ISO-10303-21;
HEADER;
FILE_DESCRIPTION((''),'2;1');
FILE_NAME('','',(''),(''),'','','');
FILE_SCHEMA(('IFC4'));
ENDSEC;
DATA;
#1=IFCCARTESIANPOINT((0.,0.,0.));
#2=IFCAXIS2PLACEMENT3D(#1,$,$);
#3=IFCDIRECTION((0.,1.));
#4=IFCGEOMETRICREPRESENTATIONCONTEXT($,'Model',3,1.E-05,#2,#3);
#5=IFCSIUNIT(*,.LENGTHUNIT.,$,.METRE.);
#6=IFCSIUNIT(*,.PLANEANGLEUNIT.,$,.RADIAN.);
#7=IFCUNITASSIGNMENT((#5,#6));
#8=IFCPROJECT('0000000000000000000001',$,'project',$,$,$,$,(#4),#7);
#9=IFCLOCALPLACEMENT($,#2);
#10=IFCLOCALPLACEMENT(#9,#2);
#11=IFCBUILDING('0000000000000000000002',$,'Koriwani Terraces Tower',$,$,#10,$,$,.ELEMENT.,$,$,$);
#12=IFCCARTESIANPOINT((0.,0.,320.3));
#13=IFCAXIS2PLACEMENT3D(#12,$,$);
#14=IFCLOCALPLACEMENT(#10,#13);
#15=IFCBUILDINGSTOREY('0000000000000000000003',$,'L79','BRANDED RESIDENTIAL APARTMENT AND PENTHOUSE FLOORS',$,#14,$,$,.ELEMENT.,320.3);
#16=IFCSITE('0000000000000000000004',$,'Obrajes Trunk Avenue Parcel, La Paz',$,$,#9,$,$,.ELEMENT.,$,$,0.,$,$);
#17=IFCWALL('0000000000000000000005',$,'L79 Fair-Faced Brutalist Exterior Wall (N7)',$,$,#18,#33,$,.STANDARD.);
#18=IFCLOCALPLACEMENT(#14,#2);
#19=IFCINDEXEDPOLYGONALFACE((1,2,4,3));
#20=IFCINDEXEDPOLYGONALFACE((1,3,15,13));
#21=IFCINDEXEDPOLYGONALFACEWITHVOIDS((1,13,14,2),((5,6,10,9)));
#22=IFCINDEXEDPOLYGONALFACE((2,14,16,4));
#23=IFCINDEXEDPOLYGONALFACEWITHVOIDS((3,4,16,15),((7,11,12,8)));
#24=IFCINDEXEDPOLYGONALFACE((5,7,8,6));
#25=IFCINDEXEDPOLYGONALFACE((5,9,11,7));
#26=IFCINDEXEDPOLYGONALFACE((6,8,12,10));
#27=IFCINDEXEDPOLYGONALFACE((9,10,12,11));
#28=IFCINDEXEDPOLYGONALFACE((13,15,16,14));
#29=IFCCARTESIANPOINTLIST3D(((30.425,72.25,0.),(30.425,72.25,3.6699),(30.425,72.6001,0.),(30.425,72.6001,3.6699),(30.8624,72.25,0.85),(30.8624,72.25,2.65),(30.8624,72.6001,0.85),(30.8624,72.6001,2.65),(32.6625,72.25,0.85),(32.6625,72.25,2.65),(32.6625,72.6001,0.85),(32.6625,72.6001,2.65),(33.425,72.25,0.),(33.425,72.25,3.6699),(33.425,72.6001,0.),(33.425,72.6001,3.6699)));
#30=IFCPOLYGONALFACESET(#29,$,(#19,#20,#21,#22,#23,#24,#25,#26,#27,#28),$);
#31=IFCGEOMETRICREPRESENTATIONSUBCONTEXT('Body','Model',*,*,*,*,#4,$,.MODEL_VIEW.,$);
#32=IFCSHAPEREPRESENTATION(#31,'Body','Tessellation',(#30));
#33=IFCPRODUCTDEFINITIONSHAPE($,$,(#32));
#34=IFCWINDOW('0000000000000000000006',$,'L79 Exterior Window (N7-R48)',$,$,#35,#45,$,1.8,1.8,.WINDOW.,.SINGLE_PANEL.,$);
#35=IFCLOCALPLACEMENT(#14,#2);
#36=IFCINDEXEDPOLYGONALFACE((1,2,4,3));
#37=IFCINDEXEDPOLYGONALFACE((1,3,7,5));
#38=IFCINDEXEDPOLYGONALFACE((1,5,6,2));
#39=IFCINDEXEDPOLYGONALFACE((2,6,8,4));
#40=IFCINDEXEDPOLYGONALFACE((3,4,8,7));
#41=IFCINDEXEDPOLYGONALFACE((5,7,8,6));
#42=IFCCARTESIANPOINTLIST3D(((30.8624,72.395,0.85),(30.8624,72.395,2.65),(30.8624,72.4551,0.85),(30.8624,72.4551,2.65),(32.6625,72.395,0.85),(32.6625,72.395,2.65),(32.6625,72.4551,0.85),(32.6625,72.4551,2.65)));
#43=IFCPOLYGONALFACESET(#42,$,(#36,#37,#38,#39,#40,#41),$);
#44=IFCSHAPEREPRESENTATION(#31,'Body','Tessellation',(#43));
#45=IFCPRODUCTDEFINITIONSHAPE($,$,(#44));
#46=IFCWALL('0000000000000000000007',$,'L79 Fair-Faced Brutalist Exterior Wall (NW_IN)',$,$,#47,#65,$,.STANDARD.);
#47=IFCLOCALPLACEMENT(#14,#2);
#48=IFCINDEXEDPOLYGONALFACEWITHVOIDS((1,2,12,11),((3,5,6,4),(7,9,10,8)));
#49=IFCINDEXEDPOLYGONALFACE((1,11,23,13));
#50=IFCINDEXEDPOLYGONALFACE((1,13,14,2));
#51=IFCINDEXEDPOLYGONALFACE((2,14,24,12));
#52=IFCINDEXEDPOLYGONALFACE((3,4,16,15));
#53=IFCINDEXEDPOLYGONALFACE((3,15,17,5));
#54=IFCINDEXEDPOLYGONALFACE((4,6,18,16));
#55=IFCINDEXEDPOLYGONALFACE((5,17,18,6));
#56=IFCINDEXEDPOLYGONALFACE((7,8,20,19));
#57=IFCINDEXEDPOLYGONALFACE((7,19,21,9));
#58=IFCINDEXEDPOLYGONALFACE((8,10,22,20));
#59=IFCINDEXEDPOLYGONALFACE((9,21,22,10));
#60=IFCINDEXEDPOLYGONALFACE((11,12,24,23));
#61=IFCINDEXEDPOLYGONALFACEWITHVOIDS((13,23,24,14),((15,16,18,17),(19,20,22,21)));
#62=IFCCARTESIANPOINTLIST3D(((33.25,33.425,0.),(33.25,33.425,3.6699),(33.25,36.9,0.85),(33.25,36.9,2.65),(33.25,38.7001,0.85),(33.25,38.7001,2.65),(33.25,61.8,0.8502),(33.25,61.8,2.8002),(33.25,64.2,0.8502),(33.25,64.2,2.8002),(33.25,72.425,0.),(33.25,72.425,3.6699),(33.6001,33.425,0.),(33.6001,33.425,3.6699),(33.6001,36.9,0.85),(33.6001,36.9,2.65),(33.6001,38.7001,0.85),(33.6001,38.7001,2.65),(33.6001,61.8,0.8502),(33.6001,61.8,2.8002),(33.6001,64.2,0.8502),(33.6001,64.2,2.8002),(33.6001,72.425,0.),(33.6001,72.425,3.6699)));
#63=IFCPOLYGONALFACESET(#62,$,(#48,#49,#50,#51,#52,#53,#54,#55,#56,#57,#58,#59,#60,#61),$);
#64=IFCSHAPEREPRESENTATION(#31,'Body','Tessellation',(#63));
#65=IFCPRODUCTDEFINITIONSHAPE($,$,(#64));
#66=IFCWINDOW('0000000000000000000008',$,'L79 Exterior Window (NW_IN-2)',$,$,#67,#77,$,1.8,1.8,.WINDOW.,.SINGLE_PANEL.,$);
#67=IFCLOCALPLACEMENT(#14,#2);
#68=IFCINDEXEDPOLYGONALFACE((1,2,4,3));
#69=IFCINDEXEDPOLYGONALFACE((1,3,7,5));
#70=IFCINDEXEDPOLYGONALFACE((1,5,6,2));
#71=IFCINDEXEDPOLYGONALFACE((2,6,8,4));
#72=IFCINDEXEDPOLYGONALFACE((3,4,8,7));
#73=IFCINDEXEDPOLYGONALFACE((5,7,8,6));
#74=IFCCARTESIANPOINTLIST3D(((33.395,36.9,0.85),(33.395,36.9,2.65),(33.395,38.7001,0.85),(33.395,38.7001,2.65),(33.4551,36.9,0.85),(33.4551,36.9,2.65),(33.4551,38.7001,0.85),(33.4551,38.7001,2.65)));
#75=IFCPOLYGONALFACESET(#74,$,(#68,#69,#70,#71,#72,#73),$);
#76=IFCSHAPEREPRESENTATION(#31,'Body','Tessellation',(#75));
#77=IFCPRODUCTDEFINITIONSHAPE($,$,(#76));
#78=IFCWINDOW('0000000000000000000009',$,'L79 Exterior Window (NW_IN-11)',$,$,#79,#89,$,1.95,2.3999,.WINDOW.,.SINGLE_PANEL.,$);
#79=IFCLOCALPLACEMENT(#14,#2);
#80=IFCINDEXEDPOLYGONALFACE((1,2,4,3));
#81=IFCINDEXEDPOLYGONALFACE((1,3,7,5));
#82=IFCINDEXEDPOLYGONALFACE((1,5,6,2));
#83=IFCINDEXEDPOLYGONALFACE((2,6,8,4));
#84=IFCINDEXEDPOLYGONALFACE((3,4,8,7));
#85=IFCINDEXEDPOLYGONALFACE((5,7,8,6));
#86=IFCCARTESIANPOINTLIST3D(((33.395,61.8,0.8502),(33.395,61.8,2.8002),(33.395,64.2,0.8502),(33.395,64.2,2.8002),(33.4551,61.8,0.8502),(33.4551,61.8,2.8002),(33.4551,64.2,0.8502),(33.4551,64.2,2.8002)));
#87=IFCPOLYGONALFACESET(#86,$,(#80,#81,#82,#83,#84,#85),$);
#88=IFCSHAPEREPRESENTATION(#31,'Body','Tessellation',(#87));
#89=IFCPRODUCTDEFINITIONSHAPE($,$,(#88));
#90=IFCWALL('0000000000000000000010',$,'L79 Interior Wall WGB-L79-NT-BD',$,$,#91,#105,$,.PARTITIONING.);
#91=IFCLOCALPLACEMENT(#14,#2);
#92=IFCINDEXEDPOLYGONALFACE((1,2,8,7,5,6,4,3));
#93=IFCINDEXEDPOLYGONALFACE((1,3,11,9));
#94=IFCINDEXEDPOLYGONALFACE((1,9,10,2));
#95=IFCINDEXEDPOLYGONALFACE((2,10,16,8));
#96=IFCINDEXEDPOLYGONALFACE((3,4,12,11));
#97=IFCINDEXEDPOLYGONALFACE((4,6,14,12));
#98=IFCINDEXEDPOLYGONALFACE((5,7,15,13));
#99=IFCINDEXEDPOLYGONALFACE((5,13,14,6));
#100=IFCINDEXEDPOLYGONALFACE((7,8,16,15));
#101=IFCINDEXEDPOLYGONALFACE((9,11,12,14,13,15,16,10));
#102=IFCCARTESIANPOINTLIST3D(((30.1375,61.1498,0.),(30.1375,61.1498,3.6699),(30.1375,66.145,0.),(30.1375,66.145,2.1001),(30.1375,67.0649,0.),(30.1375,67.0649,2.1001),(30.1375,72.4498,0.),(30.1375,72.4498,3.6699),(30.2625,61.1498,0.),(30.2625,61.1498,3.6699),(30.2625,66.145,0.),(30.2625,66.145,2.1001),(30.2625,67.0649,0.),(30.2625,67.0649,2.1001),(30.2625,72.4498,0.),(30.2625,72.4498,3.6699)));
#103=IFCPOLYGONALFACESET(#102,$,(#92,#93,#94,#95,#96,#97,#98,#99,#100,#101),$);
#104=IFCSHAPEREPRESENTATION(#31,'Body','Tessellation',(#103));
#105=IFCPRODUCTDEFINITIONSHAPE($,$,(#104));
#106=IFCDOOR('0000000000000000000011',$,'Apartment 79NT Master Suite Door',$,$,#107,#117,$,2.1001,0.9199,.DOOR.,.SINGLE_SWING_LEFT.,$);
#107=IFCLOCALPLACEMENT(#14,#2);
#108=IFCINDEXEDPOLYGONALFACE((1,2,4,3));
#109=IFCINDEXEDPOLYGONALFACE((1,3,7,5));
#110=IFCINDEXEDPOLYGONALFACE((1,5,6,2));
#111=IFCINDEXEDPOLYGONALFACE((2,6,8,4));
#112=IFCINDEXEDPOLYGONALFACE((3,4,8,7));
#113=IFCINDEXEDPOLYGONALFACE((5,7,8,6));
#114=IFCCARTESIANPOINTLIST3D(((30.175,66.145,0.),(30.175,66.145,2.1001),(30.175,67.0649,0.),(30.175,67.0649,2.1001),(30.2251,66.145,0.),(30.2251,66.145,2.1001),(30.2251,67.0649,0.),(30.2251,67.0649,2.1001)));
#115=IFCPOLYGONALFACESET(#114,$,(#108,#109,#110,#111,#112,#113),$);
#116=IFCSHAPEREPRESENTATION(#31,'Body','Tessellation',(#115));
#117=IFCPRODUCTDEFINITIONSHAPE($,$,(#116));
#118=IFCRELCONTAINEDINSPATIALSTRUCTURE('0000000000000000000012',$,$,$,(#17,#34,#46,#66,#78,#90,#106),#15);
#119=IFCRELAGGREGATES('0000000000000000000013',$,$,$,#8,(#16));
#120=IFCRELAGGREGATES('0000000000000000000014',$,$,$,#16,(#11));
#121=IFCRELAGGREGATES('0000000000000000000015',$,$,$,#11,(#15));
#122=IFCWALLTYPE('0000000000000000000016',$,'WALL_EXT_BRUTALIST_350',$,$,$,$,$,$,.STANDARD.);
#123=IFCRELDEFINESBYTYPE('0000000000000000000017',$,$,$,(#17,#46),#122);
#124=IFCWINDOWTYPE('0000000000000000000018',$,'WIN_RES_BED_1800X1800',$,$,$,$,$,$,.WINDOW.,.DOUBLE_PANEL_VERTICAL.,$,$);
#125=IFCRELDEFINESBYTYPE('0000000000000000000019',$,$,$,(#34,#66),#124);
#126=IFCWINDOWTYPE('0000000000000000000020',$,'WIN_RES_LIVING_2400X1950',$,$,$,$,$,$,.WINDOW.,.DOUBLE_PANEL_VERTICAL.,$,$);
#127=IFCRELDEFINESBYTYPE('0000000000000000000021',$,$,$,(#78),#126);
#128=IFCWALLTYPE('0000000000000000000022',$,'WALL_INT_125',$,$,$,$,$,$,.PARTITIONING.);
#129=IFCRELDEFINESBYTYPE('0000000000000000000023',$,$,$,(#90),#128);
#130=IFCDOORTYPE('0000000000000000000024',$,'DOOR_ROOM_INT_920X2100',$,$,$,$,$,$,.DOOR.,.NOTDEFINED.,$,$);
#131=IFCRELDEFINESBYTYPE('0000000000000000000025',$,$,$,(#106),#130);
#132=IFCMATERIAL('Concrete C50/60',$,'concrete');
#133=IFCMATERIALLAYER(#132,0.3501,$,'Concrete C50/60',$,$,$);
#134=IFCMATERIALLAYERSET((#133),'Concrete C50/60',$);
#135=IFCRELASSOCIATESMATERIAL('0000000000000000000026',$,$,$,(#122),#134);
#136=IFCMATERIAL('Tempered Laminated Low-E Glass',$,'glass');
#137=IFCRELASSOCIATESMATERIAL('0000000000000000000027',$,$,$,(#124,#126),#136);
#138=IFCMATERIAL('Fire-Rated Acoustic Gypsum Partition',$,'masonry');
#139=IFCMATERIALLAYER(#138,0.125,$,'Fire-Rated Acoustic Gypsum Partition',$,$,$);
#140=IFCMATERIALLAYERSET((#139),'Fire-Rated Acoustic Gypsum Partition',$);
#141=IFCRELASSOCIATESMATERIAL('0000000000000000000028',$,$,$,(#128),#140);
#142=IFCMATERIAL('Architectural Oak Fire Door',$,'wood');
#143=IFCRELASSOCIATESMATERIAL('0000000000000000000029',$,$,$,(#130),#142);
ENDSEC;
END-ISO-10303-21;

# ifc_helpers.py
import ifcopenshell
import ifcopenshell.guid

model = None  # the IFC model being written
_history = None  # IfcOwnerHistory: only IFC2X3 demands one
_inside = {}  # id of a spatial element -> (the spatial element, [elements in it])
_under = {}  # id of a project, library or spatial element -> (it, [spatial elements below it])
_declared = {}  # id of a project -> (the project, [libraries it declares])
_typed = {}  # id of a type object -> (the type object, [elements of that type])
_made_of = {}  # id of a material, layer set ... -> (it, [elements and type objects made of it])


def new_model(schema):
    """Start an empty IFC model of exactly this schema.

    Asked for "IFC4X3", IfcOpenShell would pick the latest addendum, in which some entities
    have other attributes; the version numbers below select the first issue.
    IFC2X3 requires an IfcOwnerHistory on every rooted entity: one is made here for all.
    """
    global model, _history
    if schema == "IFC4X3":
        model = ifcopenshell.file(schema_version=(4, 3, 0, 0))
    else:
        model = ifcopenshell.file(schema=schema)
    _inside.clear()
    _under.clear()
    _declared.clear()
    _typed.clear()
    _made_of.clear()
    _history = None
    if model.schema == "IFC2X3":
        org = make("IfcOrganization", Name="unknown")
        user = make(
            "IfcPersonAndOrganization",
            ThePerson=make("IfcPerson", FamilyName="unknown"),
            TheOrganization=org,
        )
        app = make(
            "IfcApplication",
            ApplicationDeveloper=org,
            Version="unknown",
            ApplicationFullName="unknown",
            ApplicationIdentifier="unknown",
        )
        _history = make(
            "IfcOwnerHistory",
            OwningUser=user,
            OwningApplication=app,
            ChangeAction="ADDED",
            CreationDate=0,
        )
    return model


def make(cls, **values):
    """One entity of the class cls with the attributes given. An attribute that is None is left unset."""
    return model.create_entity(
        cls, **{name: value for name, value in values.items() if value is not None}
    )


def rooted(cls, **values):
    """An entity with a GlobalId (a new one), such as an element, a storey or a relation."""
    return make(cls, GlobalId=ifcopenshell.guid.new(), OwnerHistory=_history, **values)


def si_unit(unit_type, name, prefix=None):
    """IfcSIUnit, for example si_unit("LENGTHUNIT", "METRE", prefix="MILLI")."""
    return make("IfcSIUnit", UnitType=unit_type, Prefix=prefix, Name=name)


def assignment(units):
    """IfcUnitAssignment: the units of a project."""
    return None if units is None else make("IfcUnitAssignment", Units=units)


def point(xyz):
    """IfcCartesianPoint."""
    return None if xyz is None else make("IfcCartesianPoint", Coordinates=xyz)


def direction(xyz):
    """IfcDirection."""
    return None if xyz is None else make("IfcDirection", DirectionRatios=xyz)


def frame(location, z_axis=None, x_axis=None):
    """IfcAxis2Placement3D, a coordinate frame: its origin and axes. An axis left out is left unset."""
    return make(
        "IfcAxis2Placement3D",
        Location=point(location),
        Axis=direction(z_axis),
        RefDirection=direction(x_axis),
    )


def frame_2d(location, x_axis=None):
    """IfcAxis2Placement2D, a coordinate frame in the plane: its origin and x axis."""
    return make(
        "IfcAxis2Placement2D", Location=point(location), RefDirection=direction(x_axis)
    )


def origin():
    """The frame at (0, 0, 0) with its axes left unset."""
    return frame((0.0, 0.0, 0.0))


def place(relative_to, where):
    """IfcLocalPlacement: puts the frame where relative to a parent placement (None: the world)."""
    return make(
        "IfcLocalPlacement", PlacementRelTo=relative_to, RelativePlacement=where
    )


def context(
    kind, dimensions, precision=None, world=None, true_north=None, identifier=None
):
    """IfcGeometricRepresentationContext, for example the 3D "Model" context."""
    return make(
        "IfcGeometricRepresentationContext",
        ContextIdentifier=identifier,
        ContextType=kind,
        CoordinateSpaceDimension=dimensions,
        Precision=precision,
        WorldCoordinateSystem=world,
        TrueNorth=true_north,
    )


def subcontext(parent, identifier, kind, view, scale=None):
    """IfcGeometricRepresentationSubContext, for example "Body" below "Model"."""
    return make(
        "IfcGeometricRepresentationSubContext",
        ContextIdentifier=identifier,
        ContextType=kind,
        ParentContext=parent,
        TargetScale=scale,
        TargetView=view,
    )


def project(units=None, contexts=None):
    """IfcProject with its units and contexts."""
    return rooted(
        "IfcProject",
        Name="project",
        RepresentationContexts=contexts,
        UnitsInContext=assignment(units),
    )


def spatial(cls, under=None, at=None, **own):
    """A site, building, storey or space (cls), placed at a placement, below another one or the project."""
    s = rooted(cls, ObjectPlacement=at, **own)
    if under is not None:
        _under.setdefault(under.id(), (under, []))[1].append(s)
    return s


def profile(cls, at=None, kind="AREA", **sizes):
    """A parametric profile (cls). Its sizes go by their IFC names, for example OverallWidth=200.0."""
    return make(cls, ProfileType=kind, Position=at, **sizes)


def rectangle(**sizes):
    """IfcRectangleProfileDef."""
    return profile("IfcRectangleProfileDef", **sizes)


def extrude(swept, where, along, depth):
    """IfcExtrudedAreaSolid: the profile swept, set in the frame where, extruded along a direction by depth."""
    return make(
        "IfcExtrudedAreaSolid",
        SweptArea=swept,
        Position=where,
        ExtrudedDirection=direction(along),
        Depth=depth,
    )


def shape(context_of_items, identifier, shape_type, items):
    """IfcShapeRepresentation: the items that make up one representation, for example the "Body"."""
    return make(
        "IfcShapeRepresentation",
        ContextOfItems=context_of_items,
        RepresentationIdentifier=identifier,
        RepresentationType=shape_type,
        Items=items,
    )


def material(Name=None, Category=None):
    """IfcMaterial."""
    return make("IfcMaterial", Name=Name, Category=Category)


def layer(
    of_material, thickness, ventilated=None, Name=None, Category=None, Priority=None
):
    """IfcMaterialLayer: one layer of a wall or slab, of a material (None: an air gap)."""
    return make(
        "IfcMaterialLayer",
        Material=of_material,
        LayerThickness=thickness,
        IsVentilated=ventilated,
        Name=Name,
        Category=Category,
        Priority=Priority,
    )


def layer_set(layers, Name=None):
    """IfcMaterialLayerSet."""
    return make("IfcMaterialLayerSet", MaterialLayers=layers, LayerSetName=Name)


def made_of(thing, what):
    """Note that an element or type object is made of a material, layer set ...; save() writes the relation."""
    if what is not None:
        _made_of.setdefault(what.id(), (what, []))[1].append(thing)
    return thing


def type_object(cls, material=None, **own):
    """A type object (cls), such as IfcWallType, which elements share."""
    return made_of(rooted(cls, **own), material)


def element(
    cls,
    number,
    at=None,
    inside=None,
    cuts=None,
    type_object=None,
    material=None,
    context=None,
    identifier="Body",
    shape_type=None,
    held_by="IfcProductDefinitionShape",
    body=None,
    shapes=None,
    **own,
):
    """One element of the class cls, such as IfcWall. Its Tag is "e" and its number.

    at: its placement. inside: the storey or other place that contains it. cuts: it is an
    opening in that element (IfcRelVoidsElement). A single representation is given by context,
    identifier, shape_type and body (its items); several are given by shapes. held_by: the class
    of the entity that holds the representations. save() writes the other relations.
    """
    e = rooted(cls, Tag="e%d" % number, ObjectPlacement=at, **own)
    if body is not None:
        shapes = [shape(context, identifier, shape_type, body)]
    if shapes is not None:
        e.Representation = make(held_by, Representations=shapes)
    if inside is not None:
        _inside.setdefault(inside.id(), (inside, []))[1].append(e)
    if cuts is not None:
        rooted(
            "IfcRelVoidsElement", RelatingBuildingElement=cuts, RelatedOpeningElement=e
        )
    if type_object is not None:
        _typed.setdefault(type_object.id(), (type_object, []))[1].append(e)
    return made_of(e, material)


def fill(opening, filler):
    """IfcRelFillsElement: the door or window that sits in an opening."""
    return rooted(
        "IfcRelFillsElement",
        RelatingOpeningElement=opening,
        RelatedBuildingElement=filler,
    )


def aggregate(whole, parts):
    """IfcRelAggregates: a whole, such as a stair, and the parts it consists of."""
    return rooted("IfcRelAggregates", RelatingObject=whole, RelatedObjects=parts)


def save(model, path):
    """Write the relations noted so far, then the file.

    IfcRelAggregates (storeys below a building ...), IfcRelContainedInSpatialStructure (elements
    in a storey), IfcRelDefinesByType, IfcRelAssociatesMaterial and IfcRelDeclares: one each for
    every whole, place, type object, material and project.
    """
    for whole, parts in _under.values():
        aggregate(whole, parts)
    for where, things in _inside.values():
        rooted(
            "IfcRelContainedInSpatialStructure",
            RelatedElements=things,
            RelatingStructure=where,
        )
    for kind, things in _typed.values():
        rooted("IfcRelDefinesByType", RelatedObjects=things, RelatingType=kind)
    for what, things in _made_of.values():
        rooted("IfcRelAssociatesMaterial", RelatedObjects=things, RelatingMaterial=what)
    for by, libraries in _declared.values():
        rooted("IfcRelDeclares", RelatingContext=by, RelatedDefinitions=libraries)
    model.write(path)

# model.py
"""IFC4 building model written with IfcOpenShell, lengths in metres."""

from ifc_helpers import new_model, si_unit, direction, frame, frame_2d, origin, place, context, subcontext, project, spatial, rectangle, extrude, material, layer, layer_set, type_object, element, fill, save


model = new_model("IFC4")

# Units and contexts
model_context = context("Model", 3, precision=1e-05, world=origin(), true_north=direction((0.0, 1.0)))
body_context = subcontext(model_context, "Body", "Model", "MODEL_VIEW")
ifc_project = project(units=[si_unit("LENGTHUNIT", "METRE"), si_unit("PLANEANGLEUNIT", "RADIAN")], contexts=[model_context])

# Site, building, storey
site_placement = place(None, origin())
site = spatial("IfcSite", under=ifc_project, at=site_placement, Name="Obrajes Trunk Avenue Parcel, La Paz", CompositionType="ELEMENT", RefElevation=0.0)
building_placement = place(site_placement, origin())
building = spatial("IfcBuilding", under=site, at=building_placement, Name="Koriwani Terraces Tower", CompositionType="ELEMENT")
storey_placement = place(building_placement, frame((0.0, 0.0, 320.3)))
storey = spatial("IfcBuildingStorey", under=building, at=storey_placement, Name="L79", Description="BRANDED RESIDENTIAL APARTMENT AND PENTHOUSE FLOORS", CompositionType="ELEMENT", Elevation=320.3)

# Shared definitions
ifc_material_1 = material(Name="Concrete C50/60", Category="concrete")

# Shared definitions
ifc_layer_1 = layer(ifc_material_1, 0.3501, Name="Concrete C50/60")
ifc_layer_set_1 = layer_set([ifc_layer_1], Name="Concrete C50/60")
wall_type_1 = type_object("IfcWallType", Name="WALL_EXT_BRUTALIST_350", PredefinedType="STANDARD", material=ifc_layer_set_1)

# Wall, opening, window
wall_1_placement = place(storey_placement, frame((30.425, 72.425, 0.0), z_axis=(0.0, 0.0, 1.0), x_axis=(1.0, 0.0, 0.0)))
wall_1 = element("IfcWall", 1, at=wall_1_placement, inside=storey, type_object=wall_type_1, Name="L79 Fair-Faced Brutalist Exterior Wall (N7)", PredefinedType="STANDARD", context=body_context, shape_type="SweptSolid", body=[
    extrude(rectangle(XDim=3.0, YDim=0.3501, at=frame_2d((1.5, 0.0))), origin(), (0.0, 0.0, 1.0), 3.6699),
])
opening_1_placement = place(wall_1_placement, frame((0.4375, 0.0, 0.8501)))
opening_1 = element("IfcOpeningElement", 2, at=opening_1_placement, cuts=wall_1, PredefinedType="OPENING", context=body_context, shape_type="SweptSolid", body=[
    extrude(rectangle(XDim=1.8, YDim=1.8, at=frame_2d((0.8999, 0.8999))), frame((0.0, 0.1851, 0.0), z_axis=(0.0, -1.0, 0.0), x_axis=(1.0, 0.0, 0.0)), (0.0, 0.0, 1.0), 0.3701),
])
ifc_material_2 = material(Name="Tempered Laminated Low-E Glass", Category="glass")
window_type_1 = type_object("IfcWindowType", Name="WIN_RES_BED_1800X1800", PartitioningType="DOUBLE_PANEL_VERTICAL", PredefinedType="WINDOW", material=ifc_material_2)
window_1_placement = place(opening_1_placement, origin())
window_1 = element("IfcWindow", 3, at=window_1_placement, inside=storey, type_object=window_type_1, Name="L79 Exterior Window (N7-R48)", OverallHeight=1.8, OverallWidth=1.8, PartitioningType="SINGLE_PANEL", PredefinedType="WINDOW", context=body_context, shape_type="SweptSolid", body=[
    extrude(rectangle(XDim=1.8, YDim=1.8, at=frame_2d((0.8999, 0.8999))), frame((0.0, 0.03, 0.0), z_axis=(0.0, -1.0, 0.0), x_axis=(1.0, 0.0, 0.0)), (0.0, 0.0, 1.0), 0.0601),
])
fill(opening_1, window_1)

# Wall, openings, windows
wall_2_placement = place(storey_placement, frame((33.425, 72.425, 0.0), z_axis=(0.0, 0.0, 1.0), x_axis=(0.0, -1.0, 0.0)))
wall_2 = element("IfcWall", 4, at=wall_2_placement, inside=storey, type_object=wall_type_1, Name="L79 Fair-Faced Brutalist Exterior Wall (NW_IN)", PredefinedType="STANDARD", context=body_context, shape_type="SweptSolid", body=[
    extrude(rectangle(XDim=39.0, YDim=0.3501, at=frame_2d((19.5, 0.0))), origin(), (0.0, 0.0, 1.0), 3.6699),
])
opening_2_placement = place(wall_2_placement, frame((33.7251, 0.0, 0.8501)))
opening_2 = element("IfcOpeningElement", 5, at=opening_2_placement, cuts=wall_2, PredefinedType="OPENING", context=body_context, shape_type="SweptSolid", body=[
    extrude(rectangle(XDim=1.8, YDim=1.8, at=frame_2d((0.8999, 0.8999))), frame((0.0, 0.1851, 0.0), z_axis=(0.0, -1.0, 0.0), x_axis=(1.0, 0.0, 0.0)), (0.0, 0.0, 1.0), 0.3701),
])
opening_3_placement = place(wall_2_placement, frame((8.2251, 0.0, 0.8501)))
opening_3 = element("IfcOpeningElement", 6, at=opening_3_placement, cuts=wall_2, PredefinedType="OPENING", context=body_context, shape_type="SweptSolid", body=[
    extrude(rectangle(XDim=2.3999, YDim=1.95, at=frame_2d((1.2, 0.9751))), frame((0.0, 0.1851, 0.0), z_axis=(0.0, -1.0, 0.0), x_axis=(1.0, 0.0, 0.0)), (0.0, 0.0, 1.0), 0.3701),
])
window_2_placement = place(opening_2_placement, origin())
window_2 = element("IfcWindow", 7, at=window_2_placement, inside=storey, type_object=window_type_1, Name="L79 Exterior Window (NW_IN-2)", OverallHeight=1.8, OverallWidth=1.8, PartitioningType="SINGLE_PANEL", PredefinedType="WINDOW", context=body_context, shape_type="SweptSolid", body=[
    extrude(rectangle(XDim=1.8, YDim=1.8, at=frame_2d((0.8999, 0.8999))), frame((0.0, 0.03, 0.0), z_axis=(0.0, -1.0, 0.0), x_axis=(1.0, 0.0, 0.0)), (0.0, 0.0, 1.0), 0.0601),
])
fill(opening_2, window_2)
window_type_2 = type_object("IfcWindowType", Name="WIN_RES_LIVING_2400X1950", PartitioningType="DOUBLE_PANEL_VERTICAL", PredefinedType="WINDOW", material=ifc_material_2)
window_3_placement = place(opening_3_placement, origin())
window_3 = element("IfcWindow", 8, at=window_3_placement, inside=storey, type_object=window_type_2, Name="L79 Exterior Window (NW_IN-11)", OverallHeight=1.95, OverallWidth=2.3999, PartitioningType="SINGLE_PANEL", PredefinedType="WINDOW", context=body_context, shape_type="SweptSolid", body=[
    extrude(rectangle(XDim=2.3999, YDim=1.95, at=frame_2d((1.2, 0.9751))), frame((0.0, 0.03, 0.0), z_axis=(0.0, -1.0, 0.0), x_axis=(1.0, 0.0, 0.0)), (0.0, 0.0, 1.0), 0.0601),
])
fill(opening_3, window_3)

# Wall, opening, door
ifc_material_3 = material(Name="Fire-Rated Acoustic Gypsum Partition", Category="masonry")
ifc_layer_2 = layer(ifc_material_3, 0.125, Name="Fire-Rated Acoustic Gypsum Partition")
ifc_layer_set_2 = layer_set([ifc_layer_2], Name="Fire-Rated Acoustic Gypsum Partition")
wall_type_2 = type_object("IfcWallType", Name="WALL_INT_125", PredefinedType="PARTITIONING", material=ifc_layer_set_2)
wall_3_placement = place(storey_placement, frame((30.2, 61.1499, 0.0), z_axis=(0.0, 0.0, 1.0), x_axis=(0.0, 1.0, 0.0)))
wall_3 = element("IfcWall", 9, at=wall_3_placement, inside=storey, type_object=wall_type_2, Name="L79 Interior Wall WGB-L79-NT-BD", PredefinedType="PARTITIONING", context=body_context, shape_type="SweptSolid", body=[
    extrude(rectangle(XDim=11.3, YDim=0.125, at=frame_2d((5.6499, 0.0))), origin(), (0.0, 0.0, 1.0), 3.6699),
])
opening_4_placement = place(wall_3_placement, frame((4.9951, 0.0, 0.0)))
opening_4 = element("IfcOpeningElement", 10, at=opening_4_placement, cuts=wall_3, PredefinedType="OPENING", context=body_context, shape_type="SweptSolid", body=[
    extrude(rectangle(XDim=0.9199, YDim=2.1001, at=frame_2d((0.46, 1.05))), frame((0.0, 0.0725, 0.0), z_axis=(0.0, -1.0, 0.0), x_axis=(1.0, 0.0, 0.0)), (0.0, 0.0, 1.0), 0.145),
])
ifc_material_4 = material(Name="Architectural Oak Fire Door", Category="wood")
door_type_1 = type_object("IfcDoorType", Name="DOOR_ROOM_INT_920X2100", OperationType="NOTDEFINED", PredefinedType="DOOR", material=ifc_material_4)
door_1_placement = place(opening_4_placement, origin())
door_1 = element("IfcDoor", 11, at=door_1_placement, inside=storey, type_object=door_type_1, Name="Apartment 79NT Master Suite Door", OperationType="SINGLE_SWING_LEFT", OverallHeight=2.1001, OverallWidth=0.9199, PredefinedType="DOOR", context=body_context, shape_type="SweptSolid", body=[
    extrude(rectangle(XDim=0.9199, YDim=2.1001, at=frame_2d((0.46, 1.05))), frame((0.0, 0.0249, 0.0), z_axis=(0.0, -1.0, 0.0), x_axis=(1.0, 0.0, 0.0)), (0.0, 0.0, 1.0), 0.05),
])
fill(opening_4, door_1)

save(model, "model.ifc")
